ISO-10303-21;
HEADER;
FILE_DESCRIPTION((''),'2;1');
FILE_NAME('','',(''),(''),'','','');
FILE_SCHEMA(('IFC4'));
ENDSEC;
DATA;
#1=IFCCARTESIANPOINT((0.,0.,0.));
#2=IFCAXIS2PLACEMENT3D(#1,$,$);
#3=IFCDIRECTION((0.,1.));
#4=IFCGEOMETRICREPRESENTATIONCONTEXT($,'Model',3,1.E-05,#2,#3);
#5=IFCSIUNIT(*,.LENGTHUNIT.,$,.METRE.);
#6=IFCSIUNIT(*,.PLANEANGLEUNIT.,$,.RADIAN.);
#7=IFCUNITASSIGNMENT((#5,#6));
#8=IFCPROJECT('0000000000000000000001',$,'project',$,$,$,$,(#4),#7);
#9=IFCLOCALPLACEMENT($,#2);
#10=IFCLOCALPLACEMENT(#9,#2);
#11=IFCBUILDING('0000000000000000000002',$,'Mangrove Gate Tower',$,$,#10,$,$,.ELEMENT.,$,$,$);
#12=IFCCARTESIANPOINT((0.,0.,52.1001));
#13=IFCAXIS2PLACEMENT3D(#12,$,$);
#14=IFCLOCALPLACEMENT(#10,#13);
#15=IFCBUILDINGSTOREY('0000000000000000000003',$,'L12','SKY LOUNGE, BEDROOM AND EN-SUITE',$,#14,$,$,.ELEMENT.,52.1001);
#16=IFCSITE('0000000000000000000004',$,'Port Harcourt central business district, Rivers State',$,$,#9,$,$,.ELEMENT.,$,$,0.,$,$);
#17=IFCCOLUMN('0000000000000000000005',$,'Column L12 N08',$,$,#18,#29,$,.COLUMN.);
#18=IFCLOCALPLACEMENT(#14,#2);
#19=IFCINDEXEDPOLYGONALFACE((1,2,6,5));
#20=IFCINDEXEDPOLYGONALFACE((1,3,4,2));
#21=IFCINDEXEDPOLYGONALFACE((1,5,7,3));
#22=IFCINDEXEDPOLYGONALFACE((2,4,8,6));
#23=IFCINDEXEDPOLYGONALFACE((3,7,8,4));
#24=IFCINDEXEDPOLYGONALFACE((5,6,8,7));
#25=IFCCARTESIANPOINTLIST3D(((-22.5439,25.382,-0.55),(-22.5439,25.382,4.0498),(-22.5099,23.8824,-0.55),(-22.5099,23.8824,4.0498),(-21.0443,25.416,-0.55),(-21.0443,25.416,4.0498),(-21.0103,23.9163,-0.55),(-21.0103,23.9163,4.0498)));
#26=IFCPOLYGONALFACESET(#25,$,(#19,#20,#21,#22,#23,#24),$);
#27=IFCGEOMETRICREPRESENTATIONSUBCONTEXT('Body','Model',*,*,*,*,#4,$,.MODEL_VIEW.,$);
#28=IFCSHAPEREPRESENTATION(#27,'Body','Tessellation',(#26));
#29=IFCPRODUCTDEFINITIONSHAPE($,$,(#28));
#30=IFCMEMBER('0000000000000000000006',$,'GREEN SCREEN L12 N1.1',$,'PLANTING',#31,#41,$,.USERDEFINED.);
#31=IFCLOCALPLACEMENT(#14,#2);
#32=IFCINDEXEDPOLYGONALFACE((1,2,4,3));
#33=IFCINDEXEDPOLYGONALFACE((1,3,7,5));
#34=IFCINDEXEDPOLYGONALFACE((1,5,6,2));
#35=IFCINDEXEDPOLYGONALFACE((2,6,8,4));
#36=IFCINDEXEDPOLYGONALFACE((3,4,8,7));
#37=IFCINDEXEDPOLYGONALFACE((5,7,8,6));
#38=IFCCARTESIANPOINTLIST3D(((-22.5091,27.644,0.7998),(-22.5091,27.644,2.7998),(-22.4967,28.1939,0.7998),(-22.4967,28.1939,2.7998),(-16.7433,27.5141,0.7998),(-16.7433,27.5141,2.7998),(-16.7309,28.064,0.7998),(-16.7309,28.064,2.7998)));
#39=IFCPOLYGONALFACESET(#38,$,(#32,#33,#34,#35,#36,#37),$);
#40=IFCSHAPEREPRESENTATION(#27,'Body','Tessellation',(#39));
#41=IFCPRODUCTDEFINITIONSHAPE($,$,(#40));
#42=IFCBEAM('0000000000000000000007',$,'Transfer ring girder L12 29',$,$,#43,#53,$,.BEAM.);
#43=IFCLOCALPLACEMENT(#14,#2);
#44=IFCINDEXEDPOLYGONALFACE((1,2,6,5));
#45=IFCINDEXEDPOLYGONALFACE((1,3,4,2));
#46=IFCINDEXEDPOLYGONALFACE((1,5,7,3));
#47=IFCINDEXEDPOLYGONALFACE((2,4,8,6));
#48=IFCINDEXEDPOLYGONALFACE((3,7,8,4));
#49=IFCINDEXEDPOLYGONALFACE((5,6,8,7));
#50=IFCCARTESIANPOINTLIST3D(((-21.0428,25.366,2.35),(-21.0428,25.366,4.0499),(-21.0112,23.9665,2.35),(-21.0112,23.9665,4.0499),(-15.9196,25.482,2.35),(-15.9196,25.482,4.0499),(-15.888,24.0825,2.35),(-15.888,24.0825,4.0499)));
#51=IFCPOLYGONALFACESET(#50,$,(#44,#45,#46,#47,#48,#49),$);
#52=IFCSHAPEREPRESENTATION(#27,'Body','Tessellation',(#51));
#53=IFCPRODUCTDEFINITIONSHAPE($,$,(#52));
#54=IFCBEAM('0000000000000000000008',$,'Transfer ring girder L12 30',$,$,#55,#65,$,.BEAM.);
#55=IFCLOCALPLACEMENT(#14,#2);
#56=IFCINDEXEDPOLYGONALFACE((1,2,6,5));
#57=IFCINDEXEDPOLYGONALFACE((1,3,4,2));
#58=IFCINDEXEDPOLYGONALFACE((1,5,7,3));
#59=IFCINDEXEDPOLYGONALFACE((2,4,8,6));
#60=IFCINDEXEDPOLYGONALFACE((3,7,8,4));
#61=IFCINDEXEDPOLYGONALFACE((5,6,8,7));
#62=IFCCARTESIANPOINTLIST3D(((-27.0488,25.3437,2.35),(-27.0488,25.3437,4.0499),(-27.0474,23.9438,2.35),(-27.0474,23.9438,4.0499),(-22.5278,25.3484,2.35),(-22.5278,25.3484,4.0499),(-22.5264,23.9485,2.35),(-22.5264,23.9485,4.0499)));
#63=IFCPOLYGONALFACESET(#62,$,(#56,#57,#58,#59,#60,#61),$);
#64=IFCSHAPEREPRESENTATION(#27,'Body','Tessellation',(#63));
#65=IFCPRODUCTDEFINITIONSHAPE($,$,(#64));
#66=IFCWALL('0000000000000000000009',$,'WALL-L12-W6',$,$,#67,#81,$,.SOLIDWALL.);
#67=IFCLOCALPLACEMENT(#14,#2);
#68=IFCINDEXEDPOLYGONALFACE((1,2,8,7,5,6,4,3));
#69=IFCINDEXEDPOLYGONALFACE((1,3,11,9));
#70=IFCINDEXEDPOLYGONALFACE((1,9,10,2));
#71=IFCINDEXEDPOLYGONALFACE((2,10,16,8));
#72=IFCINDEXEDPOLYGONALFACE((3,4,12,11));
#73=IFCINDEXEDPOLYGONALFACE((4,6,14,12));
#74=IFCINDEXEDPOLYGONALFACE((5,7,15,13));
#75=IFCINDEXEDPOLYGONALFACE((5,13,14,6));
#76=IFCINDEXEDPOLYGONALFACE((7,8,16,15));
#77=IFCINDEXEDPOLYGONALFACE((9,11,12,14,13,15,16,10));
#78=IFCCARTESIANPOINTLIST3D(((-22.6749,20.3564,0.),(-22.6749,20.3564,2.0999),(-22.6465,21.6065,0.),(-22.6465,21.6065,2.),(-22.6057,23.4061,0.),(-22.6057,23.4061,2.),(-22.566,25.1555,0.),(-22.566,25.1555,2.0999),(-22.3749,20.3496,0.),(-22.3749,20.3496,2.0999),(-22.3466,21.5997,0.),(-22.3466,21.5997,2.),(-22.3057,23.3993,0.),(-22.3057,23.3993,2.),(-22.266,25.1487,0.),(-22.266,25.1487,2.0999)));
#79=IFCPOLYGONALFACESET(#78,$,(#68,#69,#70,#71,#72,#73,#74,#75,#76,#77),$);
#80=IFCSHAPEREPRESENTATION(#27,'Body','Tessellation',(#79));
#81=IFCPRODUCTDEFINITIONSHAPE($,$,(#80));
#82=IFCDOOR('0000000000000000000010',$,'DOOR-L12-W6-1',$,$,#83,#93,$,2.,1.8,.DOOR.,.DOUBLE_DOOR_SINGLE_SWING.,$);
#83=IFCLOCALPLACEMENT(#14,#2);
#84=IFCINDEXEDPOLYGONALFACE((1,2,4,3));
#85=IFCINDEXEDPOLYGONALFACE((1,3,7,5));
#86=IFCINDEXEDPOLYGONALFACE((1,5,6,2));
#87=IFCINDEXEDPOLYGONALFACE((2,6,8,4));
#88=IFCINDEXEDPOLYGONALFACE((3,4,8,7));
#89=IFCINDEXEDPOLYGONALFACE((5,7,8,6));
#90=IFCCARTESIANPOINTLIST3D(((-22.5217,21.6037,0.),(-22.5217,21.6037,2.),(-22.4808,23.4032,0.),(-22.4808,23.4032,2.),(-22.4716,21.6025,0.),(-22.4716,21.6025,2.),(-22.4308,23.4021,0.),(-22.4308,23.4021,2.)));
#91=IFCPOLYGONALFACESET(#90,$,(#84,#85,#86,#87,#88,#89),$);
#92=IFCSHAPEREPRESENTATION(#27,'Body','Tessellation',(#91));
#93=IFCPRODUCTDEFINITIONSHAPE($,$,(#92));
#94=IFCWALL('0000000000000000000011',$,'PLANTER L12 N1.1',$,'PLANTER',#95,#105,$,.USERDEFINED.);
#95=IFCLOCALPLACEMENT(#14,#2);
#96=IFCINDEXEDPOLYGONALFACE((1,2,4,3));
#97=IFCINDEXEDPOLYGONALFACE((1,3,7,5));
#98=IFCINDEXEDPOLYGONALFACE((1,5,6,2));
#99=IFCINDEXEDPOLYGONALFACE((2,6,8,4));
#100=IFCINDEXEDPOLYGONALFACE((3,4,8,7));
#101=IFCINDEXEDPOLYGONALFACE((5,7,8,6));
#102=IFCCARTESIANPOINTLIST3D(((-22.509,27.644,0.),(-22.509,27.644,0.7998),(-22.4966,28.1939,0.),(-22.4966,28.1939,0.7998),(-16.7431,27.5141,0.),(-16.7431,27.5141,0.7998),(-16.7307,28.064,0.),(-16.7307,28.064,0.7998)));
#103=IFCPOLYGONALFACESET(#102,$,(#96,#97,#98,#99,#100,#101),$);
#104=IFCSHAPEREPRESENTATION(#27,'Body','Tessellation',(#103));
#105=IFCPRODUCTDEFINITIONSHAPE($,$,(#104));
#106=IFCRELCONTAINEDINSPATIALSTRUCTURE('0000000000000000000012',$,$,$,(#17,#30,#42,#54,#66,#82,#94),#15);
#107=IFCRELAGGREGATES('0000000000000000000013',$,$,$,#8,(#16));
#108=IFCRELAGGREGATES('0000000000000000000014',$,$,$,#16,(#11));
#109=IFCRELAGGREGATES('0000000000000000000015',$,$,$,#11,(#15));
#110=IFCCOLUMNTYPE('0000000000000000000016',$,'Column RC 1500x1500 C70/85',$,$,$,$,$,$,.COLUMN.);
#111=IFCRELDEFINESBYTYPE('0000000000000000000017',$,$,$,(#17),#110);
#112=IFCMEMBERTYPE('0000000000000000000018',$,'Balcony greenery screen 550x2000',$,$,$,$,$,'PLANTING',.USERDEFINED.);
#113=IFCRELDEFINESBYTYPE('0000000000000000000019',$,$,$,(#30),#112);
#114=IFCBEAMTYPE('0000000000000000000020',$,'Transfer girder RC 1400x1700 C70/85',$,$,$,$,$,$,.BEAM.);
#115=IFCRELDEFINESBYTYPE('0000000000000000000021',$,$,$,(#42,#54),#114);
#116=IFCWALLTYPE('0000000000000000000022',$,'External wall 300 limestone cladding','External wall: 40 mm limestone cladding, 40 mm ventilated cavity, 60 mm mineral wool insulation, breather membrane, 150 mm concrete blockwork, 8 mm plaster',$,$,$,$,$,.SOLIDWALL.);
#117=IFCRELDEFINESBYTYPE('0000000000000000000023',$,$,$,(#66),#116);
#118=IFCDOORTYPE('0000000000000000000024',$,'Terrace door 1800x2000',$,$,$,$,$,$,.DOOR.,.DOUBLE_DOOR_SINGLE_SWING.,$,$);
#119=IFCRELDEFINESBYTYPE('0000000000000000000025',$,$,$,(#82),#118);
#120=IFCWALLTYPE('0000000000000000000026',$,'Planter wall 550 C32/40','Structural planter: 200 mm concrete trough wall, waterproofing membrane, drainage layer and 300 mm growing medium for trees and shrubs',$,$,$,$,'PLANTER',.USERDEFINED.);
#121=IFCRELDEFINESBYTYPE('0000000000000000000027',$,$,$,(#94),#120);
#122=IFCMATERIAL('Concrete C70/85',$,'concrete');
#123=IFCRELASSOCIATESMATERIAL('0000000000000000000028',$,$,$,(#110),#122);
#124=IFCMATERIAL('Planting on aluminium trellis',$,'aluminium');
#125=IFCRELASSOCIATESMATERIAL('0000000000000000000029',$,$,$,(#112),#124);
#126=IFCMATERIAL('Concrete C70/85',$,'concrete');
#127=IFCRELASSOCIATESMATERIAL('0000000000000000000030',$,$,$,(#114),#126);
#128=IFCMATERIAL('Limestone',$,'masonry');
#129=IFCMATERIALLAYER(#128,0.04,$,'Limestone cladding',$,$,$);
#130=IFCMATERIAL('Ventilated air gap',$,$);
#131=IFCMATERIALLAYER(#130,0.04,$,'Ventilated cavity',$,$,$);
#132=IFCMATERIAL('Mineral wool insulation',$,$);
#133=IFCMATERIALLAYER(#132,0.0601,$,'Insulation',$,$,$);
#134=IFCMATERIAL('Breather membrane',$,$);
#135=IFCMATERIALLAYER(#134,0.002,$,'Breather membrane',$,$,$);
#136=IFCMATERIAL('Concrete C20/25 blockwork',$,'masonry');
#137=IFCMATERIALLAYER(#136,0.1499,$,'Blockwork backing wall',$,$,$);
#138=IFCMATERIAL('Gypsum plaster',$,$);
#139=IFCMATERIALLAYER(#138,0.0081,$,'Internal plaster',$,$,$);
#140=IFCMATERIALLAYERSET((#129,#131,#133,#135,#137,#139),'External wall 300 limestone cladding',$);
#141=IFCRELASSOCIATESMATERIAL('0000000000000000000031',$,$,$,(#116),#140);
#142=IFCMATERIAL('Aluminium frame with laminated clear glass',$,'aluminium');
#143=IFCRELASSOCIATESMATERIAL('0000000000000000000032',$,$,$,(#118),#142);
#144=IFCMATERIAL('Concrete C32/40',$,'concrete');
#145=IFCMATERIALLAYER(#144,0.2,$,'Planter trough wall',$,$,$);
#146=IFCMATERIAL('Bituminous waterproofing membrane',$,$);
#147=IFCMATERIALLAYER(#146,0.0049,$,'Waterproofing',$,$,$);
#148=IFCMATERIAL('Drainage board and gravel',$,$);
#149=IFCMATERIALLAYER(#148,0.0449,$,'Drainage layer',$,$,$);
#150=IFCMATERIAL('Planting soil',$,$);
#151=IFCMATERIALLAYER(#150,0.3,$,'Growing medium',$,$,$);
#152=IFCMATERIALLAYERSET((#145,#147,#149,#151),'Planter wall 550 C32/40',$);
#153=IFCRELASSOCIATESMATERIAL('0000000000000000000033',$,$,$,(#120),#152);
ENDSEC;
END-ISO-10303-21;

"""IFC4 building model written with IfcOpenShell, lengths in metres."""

from ifc_helpers import new_model, si_unit, direction, frame, frame_2d, origin, origin_2d, place, context, subcontext, project, spatial, rectangle, extrude, material, layer, layer_set, material_profile, profile_set, type_object, element, fill, save


model = new_model("IFC4")

# Units and contexts
model_context = context("Model", 3, precision=1e-05, world=origin(), true_north=direction((0.0, 1.0)))
body_context = subcontext(model_context, "Body", "Model", "MODEL_VIEW")
ifc_project = project(units=[si_unit("LENGTHUNIT", "METRE"), si_unit("PLANEANGLEUNIT", "RADIAN")], contexts=[model_context])

# Site, building, storey
site_placement = place(None, origin())
site = spatial("IfcSite", under=ifc_project, at=site_placement, Name="Port Harcourt central business district, Rivers State", CompositionType="ELEMENT", RefElevation=0.0)
building_placement = place(site_placement, origin())
building = spatial("IfcBuilding", under=site, at=building_placement, Name="Mangrove Gate Tower", CompositionType="ELEMENT")
storey_placement = place(building_placement, frame((0.0, 0.0, 52.1001)))
storey = spatial("IfcBuildingStorey", under=building, at=storey_placement, Name="L12", Description="SKY LOUNGE, BEDROOM AND EN-SUITE", CompositionType="ELEMENT", Elevation=52.1001)

# Column
ifc_material_1 = material(Name="Concrete C70/85", Category="concrete")
ifc_material_profile_1 = material_profile(ifc_material_1, rectangle(XDim=1.5, YDim=1.5, at=origin_2d()))
ifc_profile_set_1 = profile_set([ifc_material_profile_1], Name="Concrete C70/85")
column_type = type_object("IfcColumnType", Name="Column RC 1500x1500 C70/85", PredefinedType="COLUMN", material=ifc_profile_set_1)
column_placement = place(storey_placement, frame((-21.7771, 24.6492, -0.55), z_axis=(0.0, 0.0, 1.0), x_axis=(-0.999744, -0.022643, 0.0)))
element("IfcColumn", 1, at=column_placement, inside=storey, type_object=column_type, Name="Column L12 N08", PredefinedType="COLUMN", context=body_context, shape_type="SweptSolid", body=[
    extrude(rectangle(XDim=1.5, YDim=1.5, at=origin_2d()), origin(), (0.0, 0.0, 1.0), 4.5999),
])

# Member
ifc_material_2 = material(Name="Planting on aluminium trellis", Category="aluminium")
ifc_material_profile_2 = material_profile(ifc_material_2, rectangle(XDim=0.55, YDim=2.0, at=origin_2d()))
ifc_profile_set_2 = profile_set([ifc_material_profile_2], Name="Planting on aluminium trellis")
member_type = type_object("IfcMemberType", Name="Balcony greenery screen 550x2000", ElementType="PLANTING", PredefinedType="USERDEFINED", material=ifc_profile_set_2)
member_placement = place(storey_placement, frame((-22.5029, 27.9189, 1.7998), z_axis=(0.999746, -0.02252, 0.0), x_axis=(0.02252, 0.999746, 0.0)))
element("IfcMember", 2, at=member_placement, inside=storey, type_object=member_type, Name="GREEN SCREEN L12 N1.1", ObjectType="PLANTING", PredefinedType="USERDEFINED", context=body_context, shape_type="SweptSolid", body=[
    extrude(rectangle(XDim=0.55, YDim=2.0, at=origin_2d()), origin(), (0.0, 0.0, 1.0), 5.7673),
])

# Beams
ifc_material_3 = material(Name="Concrete C70/85", Category="concrete")
ifc_material_profile_3 = material_profile(ifc_material_3, rectangle(XDim=1.3999, YDim=1.7, at=origin_2d()))
ifc_profile_set_3 = profile_set([ifc_material_profile_3], Name="Concrete C70/85")
beam_type = type_object("IfcBeamType", Name="Transfer girder RC 1400x1700 C70/85", PredefinedType="BEAM", material=ifc_profile_set_3)
beam_1_placement = place(storey_placement, frame((-15.9038, 24.7822, 3.2), z_axis=(-0.999744, -0.022629, 0.0), x_axis=(0.022629, -0.999744, 0.0)))
element("IfcBeam", 3, at=beam_1_placement, inside=storey, type_object=beam_type, Name="Transfer ring girder L12 29", PredefinedType="BEAM", context=body_context, shape_type="SweptSolid", body=[
    extrude(rectangle(XDim=1.3999, YDim=1.7, at=origin_2d()), origin(), (0.0, 0.0, 1.0), 5.1245),
])
beam_2_placement = place(storey_placement, frame((-22.5271, 24.6484, 3.2), z_axis=(-0.999999, -0.001026, 0.0), x_axis=(0.001026, -0.999999, 0.0)))
element("IfcBeam", 4, at=beam_2_placement, inside=storey, type_object=beam_type, Name="Transfer ring girder L12 30", PredefinedType="BEAM", context=body_context, shape_type="SweptSolid", body=[
    extrude(rectangle(XDim=1.3999, YDim=1.7, at=origin_2d()), origin(), (0.0, 0.0, 1.0), 4.521),
])

# Wall, opening, door
ifc_material_4 = material(Name="Limestone", Category="masonry")
ifc_layer_1 = layer(ifc_material_4, 0.04, Name="Limestone cladding")
ifc_material_5 = material(Name="Ventilated air gap")
ifc_layer_2 = layer(ifc_material_5, 0.04, Name="Ventilated cavity")
ifc_material_6 = material(Name="Mineral wool insulation")
ifc_layer_3 = layer(ifc_material_6, 0.0601, Name="Insulation")
ifc_material_7 = material(Name="Breather membrane")
ifc_layer_4 = layer(ifc_material_7, 0.002, Name="Breather membrane")
ifc_material_8 = material(Name="Concrete C20/25 blockwork", Category="masonry")
ifc_layer_5 = layer(ifc_material_8, 0.1499, Name="Blockwork backing wall")
ifc_material_9 = material(Name="Gypsum plaster")
ifc_layer_6 = layer(ifc_material_9, 0.0081, Name="Internal plaster")
ifc_layer_set_1 = layer_set([ifc_layer_1, ifc_layer_2, ifc_layer_3, ifc_layer_4, ifc_layer_5, ifc_layer_6], Name="External wall 300 limestone cladding")
wall_type_1 = type_object("IfcWallType", Name="External wall 300 limestone cladding", Description="External wall: 40 mm limestone cladding, 40 mm ventilated cavity, 60 mm mineral wool insulation, breather membrane, 150 mm concrete blockwork, 8 mm plaster", PredefinedType="SOLIDWALL", material=ifc_layer_set_1)
wall_1_placement = place(storey_placement, frame((-22.416, 25.1521, 0.0), z_axis=(0.0, 0.0, 1.0), x_axis=(-0.022683, -0.999743, 0.0)))
wall_1 = element("IfcWall", 5, at=wall_1_placement, inside=storey, type_object=wall_type_1, Name="WALL-L12-W6", PredefinedType="SOLIDWALL", context=body_context, shape_type="SweptSolid", body=[
    extrude(rectangle(XDim=4.8003, YDim=0.3, at=frame_2d((2.4001, 0.0))), origin(), (0.0, 0.0, 1.0), 2.0999),
])
opening_placement = place(wall_1_placement, frame((1.75, 0.0, 0.0)))
opening = element("IfcOpeningElement", 6, at=opening_placement, cuts=wall_1, PredefinedType="OPENING", context=body_context, shape_type="SweptSolid", body=[
    extrude(rectangle(XDim=1.8, YDim=2.0, at=frame_2d((0.8999, 1.0))), frame((0.0, 0.1599, 0.0), z_axis=(0.0, -1.0, 0.0), x_axis=(1.0, 0.0, 0.0)), (0.0, 0.0, 1.0), 0.3201),
])
ifc_material_10 = material(Name="Aluminium frame with laminated clear glass", Category="aluminium")
door_type = type_object("IfcDoorType", Name="Terrace door 1800x2000", OperationType="DOUBLE_DOOR_SINGLE_SWING", PredefinedType="DOOR", material=ifc_material_10)
door_placement = place(opening_placement, origin())
door = element("IfcDoor", 7, at=door_placement, inside=storey, type_object=door_type, Name="DOOR-L12-W6-1", OperationType="DOUBLE_DOOR_SINGLE_SWING", OverallHeight=2.0, OverallWidth=1.8, PredefinedType="DOOR", context=body_context, shape_type="SweptSolid", body=[
    extrude(rectangle(XDim=1.8, YDim=2.0, at=frame_2d((0.8999, 1.0))), frame((0.0, 0.0249, 0.0), z_axis=(0.0, -1.0, 0.0), x_axis=(1.0, 0.0, 0.0)), (0.0, 0.0, 1.0), 0.05),
])
fill(opening, door)

# Wall
ifc_material_11 = material(Name="Concrete C32/40", Category="concrete")
ifc_layer_7 = layer(ifc_material_11, 0.2, Name="Planter trough wall")
ifc_material_12 = material(Name="Bituminous waterproofing membrane")
ifc_layer_8 = layer(ifc_material_12, 0.0049, Name="Waterproofing")
ifc_material_13 = material(Name="Drainage board and gravel")
ifc_layer_9 = layer(ifc_material_13, 0.0449, Name="Drainage layer")
ifc_material_14 = material(Name="Planting soil")
ifc_layer_10 = layer(ifc_material_14, 0.3, Name="Growing medium")
ifc_layer_set_2 = layer_set([ifc_layer_7, ifc_layer_8, ifc_layer_9, ifc_layer_10], Name="Planter wall 550 C32/40")
wall_type_2 = type_object("IfcWallType", Name="Planter wall 550 C32/40", Description="Structural planter: 200 mm concrete trough wall, waterproofing membrane, drainage layer and 300 mm growing medium for trees and shrubs", ElementType="PLANTER", PredefinedType="USERDEFINED", material=ifc_layer_set_2)
wall_2_placement = place(storey_placement, frame((-22.5029, 27.9189, 0.0), z_axis=(0.0, 0.0, 1.0), x_axis=(0.999746, -0.02252, 0.0)))
element("IfcWall", 8, at=wall_2_placement, inside=storey, type_object=wall_type_2, Name="PLANTER L12 N1.1", ObjectType="PLANTER", PredefinedType="USERDEFINED", context=body_context, shape_type="SweptSolid", body=[
    extrude(rectangle(XDim=5.7673, YDim=0.55, at=frame_2d((2.8838, 0.0))), origin(), (0.0, 0.0, 1.0), 0.7998),
])

save(model, "model.ifc")
